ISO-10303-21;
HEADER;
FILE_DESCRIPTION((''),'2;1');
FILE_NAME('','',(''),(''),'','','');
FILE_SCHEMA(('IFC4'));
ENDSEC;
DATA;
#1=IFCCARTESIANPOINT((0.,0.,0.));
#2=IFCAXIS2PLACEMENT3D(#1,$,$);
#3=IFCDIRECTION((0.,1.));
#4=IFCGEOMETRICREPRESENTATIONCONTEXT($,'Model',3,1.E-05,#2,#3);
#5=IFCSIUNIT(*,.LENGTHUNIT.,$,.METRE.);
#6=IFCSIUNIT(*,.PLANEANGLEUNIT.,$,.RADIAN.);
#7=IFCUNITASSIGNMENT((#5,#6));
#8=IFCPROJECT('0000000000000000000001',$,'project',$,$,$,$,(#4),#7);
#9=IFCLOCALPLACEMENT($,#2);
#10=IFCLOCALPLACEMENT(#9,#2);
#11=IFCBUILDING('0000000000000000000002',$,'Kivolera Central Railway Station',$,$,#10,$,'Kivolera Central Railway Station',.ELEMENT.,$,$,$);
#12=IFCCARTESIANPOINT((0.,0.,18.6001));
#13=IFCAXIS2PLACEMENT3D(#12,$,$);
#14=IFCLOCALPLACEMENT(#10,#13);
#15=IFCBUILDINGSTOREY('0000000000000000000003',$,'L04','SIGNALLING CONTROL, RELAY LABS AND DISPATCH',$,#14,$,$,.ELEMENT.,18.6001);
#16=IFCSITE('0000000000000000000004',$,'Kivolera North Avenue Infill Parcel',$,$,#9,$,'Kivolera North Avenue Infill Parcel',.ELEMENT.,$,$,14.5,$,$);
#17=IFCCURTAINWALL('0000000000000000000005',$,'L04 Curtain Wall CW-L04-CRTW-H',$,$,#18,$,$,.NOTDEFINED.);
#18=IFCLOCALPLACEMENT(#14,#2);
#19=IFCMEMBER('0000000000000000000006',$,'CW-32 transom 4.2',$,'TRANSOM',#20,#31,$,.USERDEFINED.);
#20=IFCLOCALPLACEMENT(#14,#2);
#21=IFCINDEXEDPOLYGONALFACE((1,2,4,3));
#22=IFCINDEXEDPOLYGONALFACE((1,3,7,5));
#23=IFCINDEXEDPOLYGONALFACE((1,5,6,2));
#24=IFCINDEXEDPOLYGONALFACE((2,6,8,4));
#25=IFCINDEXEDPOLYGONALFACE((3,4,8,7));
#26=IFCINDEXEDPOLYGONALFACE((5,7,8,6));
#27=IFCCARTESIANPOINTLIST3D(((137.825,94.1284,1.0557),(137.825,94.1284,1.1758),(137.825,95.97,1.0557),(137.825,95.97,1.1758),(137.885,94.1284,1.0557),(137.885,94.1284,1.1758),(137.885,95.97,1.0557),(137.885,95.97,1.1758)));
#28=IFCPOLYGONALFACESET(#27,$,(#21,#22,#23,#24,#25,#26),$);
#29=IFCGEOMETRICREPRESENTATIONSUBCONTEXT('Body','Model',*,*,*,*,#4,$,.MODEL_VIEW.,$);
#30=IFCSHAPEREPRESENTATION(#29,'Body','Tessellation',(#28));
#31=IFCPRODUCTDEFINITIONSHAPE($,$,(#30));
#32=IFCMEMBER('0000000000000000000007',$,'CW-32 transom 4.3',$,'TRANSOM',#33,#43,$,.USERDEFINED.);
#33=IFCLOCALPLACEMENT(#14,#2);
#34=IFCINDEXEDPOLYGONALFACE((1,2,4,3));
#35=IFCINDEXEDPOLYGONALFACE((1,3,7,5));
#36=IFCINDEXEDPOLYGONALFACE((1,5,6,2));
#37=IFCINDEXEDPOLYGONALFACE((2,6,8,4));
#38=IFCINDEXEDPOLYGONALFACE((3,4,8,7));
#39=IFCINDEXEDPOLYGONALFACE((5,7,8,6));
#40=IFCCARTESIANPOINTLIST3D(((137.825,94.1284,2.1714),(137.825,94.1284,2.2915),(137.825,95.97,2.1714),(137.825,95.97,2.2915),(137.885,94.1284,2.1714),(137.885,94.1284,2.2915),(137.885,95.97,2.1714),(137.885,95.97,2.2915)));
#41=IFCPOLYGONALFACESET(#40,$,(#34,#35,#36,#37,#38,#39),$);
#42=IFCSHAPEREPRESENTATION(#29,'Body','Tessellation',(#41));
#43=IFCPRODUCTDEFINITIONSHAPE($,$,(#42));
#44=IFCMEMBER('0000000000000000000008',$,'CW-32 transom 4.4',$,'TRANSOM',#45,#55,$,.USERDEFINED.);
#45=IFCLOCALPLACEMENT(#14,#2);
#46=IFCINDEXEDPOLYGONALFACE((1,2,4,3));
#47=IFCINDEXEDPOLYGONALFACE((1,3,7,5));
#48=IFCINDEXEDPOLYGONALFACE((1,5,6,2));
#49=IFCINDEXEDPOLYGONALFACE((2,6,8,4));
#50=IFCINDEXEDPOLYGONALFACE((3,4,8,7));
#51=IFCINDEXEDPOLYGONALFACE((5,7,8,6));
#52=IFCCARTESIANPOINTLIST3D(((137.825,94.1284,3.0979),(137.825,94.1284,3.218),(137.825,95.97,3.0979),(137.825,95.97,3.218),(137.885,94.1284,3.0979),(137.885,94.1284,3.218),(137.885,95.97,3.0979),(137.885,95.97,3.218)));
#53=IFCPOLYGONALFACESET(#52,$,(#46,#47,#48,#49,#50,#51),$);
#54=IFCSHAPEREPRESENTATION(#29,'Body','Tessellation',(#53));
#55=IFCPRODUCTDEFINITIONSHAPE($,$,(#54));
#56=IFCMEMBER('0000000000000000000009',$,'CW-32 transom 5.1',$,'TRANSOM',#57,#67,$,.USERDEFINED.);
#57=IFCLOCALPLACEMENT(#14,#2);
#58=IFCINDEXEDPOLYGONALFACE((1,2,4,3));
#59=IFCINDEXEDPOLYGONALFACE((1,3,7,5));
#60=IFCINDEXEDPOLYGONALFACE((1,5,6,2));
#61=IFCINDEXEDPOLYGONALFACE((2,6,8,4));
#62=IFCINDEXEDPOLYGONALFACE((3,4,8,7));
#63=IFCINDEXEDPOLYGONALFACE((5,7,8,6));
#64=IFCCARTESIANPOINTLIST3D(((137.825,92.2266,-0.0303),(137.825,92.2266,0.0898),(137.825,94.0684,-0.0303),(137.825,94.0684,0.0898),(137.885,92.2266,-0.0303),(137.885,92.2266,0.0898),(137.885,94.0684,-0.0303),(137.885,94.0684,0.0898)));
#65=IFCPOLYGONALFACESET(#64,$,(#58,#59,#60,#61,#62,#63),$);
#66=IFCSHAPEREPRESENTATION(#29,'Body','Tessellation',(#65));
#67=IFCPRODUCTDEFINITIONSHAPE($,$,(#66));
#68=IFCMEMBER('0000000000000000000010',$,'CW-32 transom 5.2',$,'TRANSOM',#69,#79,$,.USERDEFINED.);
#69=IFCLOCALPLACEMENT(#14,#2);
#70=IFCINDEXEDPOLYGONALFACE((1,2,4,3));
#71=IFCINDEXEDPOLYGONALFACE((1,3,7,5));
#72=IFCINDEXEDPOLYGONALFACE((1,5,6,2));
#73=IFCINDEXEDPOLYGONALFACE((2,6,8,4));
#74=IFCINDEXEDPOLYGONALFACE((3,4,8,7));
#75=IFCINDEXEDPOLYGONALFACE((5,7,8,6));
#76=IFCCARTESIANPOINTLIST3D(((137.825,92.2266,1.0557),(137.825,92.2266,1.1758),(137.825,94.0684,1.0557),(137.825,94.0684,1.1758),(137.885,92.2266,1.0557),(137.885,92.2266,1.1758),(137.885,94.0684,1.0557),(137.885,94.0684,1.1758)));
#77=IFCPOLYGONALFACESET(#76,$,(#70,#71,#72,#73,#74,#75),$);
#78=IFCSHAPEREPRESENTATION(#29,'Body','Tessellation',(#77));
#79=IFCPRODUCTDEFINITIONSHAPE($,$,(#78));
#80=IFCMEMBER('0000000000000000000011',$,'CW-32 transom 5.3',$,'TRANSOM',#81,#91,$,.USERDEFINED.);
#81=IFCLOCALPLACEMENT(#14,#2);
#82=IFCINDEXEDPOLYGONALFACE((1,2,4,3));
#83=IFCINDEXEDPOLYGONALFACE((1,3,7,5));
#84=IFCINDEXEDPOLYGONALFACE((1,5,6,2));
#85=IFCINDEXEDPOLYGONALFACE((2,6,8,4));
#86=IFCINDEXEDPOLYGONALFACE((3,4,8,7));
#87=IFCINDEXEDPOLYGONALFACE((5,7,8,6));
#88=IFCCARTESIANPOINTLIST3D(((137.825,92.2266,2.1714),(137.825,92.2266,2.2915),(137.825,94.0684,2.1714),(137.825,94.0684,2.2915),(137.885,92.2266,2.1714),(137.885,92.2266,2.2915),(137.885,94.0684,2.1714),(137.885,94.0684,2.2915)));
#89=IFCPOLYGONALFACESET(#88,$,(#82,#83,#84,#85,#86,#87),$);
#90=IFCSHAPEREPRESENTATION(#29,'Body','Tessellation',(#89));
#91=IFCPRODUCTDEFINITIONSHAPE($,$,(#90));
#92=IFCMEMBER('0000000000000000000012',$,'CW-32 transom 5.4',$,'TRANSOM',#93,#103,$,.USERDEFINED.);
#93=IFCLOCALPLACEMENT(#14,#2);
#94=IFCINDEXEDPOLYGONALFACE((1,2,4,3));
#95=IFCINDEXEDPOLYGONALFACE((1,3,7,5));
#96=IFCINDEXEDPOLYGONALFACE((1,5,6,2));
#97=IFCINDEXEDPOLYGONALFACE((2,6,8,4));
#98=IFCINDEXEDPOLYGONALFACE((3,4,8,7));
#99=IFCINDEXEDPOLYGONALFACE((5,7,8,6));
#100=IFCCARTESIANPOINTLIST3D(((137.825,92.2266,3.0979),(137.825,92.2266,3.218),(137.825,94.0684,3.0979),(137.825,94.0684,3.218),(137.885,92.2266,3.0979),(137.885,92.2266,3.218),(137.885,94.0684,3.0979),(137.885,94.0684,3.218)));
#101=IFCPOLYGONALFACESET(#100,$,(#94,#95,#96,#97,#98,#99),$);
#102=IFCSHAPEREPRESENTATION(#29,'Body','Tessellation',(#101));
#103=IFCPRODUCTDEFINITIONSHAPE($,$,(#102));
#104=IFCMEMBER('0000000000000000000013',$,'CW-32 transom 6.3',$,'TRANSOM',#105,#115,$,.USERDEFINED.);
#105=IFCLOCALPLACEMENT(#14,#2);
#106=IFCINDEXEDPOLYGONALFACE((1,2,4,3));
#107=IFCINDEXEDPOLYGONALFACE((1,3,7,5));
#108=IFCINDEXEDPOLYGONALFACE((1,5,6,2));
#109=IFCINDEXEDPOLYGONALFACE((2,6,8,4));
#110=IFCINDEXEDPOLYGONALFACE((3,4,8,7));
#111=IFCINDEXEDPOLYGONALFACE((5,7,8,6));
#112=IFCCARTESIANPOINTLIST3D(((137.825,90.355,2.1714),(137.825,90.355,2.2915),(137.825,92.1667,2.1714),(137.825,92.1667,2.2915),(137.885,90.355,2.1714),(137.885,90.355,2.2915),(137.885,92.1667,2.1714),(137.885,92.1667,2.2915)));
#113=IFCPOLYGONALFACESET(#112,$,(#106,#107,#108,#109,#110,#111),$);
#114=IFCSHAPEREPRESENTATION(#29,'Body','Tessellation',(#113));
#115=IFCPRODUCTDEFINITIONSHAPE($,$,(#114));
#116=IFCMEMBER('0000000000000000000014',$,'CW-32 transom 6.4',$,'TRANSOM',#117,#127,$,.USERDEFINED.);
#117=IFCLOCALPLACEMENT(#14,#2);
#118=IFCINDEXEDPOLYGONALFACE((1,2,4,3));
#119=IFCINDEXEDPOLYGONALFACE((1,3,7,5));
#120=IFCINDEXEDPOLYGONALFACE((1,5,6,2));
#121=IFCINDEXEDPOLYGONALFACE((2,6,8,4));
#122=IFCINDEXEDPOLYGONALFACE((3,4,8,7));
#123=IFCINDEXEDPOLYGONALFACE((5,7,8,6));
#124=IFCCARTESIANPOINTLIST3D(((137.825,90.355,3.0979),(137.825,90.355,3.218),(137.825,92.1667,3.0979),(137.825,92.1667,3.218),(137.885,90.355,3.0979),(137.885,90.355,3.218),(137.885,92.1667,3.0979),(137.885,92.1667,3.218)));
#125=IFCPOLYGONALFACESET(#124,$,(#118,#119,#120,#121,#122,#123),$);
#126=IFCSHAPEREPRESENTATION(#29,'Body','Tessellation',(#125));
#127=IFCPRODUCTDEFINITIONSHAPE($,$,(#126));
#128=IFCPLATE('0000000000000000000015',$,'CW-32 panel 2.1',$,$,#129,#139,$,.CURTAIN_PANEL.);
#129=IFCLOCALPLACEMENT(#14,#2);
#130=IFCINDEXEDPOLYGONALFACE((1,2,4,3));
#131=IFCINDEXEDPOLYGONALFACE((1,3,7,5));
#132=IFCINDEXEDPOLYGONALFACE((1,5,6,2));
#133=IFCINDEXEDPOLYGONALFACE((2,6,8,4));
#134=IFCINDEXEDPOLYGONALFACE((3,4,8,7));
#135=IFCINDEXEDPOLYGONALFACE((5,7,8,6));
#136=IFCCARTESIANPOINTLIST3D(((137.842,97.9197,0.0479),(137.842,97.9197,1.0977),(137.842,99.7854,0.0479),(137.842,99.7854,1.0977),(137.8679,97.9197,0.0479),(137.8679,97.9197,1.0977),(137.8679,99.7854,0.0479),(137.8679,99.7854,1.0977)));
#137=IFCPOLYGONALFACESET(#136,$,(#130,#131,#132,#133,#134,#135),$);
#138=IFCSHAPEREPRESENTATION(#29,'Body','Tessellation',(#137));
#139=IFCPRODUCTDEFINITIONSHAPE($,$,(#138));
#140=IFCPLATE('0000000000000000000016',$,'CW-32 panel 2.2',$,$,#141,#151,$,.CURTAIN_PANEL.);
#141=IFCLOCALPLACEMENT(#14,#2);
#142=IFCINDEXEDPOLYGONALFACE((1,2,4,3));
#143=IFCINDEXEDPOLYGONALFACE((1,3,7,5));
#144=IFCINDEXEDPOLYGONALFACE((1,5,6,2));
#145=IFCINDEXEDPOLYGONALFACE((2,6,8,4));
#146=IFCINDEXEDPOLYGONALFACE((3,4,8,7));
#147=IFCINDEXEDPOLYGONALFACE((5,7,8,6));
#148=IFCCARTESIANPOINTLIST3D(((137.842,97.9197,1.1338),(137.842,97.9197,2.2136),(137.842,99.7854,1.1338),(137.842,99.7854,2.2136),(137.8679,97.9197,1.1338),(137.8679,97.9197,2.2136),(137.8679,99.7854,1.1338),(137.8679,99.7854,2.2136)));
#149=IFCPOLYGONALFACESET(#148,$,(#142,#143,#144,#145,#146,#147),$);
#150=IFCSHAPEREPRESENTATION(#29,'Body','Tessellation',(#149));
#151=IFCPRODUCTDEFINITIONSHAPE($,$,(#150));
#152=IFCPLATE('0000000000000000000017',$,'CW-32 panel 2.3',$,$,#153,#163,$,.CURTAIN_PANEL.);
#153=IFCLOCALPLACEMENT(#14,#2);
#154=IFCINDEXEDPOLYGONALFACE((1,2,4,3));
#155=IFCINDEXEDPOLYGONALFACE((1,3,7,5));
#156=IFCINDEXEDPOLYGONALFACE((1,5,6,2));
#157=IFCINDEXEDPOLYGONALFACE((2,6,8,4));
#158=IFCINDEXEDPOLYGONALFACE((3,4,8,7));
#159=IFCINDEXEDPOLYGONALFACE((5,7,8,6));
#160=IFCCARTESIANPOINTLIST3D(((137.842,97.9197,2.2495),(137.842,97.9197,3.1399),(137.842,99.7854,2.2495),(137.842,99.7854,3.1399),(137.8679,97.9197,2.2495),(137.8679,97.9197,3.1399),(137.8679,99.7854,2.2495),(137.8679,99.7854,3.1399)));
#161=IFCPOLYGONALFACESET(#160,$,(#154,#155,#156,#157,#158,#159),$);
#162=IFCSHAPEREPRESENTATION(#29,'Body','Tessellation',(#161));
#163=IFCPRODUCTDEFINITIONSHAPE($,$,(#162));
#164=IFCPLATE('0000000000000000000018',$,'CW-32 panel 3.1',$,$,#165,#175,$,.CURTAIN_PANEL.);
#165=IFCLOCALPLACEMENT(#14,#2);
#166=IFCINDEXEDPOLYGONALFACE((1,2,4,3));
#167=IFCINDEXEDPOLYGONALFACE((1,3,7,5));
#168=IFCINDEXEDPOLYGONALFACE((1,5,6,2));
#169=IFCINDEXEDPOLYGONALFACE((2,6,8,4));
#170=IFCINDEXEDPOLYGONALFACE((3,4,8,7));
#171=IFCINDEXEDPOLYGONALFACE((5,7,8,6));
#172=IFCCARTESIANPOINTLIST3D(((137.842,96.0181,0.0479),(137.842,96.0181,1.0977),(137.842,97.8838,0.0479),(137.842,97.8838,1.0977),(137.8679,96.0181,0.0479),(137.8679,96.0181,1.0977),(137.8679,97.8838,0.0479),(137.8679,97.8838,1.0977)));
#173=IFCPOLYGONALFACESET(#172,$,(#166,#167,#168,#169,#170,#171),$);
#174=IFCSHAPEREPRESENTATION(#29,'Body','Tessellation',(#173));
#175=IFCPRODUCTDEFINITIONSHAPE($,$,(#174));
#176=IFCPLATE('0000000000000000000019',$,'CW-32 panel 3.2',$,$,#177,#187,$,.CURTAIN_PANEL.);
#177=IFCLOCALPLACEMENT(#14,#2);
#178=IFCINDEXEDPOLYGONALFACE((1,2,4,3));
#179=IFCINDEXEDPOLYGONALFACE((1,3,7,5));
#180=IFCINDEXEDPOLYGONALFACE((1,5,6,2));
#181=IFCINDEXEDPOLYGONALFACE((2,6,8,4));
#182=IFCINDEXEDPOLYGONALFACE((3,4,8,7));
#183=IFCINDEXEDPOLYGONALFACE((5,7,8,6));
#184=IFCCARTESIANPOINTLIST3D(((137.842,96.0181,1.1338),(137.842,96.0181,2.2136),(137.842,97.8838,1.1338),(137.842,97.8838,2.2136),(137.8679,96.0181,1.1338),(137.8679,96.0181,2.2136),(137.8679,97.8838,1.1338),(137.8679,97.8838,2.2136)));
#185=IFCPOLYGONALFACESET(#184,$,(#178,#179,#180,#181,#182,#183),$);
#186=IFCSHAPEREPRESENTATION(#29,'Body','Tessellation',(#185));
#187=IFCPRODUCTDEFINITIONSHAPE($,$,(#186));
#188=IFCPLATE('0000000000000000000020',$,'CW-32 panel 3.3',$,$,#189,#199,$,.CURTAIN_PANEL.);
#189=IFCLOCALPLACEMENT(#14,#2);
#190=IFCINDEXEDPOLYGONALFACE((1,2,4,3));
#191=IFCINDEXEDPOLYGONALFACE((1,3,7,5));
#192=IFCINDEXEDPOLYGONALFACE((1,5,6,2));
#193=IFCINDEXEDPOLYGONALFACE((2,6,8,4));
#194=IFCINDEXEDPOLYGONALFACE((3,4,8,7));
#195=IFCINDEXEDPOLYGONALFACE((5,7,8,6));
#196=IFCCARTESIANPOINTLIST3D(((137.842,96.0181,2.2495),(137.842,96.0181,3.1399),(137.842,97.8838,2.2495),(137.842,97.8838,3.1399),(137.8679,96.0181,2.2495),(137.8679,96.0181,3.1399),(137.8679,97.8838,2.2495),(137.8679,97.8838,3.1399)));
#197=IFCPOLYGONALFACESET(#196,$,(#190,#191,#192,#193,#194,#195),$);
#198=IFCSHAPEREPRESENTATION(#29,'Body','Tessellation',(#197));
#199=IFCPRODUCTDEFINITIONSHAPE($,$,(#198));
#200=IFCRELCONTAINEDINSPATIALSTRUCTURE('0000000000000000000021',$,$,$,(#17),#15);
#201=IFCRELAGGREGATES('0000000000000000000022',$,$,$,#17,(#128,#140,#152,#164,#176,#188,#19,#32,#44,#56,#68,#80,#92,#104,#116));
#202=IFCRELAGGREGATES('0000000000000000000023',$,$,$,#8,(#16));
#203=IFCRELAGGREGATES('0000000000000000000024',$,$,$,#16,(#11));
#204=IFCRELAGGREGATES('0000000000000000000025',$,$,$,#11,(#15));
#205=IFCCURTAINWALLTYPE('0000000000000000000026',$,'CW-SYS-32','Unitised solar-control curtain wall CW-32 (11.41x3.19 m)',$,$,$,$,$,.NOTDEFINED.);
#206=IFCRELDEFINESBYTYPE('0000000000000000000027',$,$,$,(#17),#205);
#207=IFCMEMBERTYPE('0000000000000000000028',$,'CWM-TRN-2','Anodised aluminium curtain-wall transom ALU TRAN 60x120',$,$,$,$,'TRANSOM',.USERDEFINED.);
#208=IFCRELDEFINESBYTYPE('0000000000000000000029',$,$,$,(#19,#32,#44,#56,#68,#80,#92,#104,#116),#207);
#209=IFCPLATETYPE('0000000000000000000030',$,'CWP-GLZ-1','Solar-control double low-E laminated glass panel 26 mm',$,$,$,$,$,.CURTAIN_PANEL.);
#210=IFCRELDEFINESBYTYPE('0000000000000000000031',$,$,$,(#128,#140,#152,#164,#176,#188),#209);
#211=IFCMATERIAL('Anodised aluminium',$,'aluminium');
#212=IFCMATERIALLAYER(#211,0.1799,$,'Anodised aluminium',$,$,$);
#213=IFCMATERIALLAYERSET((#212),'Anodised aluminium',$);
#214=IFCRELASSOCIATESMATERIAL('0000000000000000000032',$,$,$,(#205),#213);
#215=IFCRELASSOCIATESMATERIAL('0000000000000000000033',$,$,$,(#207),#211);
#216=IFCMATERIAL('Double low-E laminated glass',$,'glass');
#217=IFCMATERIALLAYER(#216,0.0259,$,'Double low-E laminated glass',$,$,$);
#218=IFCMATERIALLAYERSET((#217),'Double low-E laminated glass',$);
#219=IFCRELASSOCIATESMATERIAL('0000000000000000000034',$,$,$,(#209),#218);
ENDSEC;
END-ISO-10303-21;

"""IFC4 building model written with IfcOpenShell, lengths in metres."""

from ifc_helpers import new_model, si_unit, direction, frame, origin, origin_2d, place, context, subcontext, project, spatial, rectangle, extrude, material, layer, layer_set, material_profile, profile_set, type_object, element, aggregate, save


model = new_model("IFC4")

# Units and contexts
model_context = context("Model", 3, precision=1e-05, world=origin(), true_north=direction((0.0, 1.0)))
body_context = subcontext(model_context, "Body", "Model", "MODEL_VIEW")
ifc_project = project(units=[si_unit("LENGTHUNIT", "METRE"), si_unit("PLANEANGLEUNIT", "RADIAN")], contexts=[model_context])

# Site, building, storey
site_placement = place(None, origin())
site = spatial("IfcSite", under=ifc_project, at=site_placement, Name="Kivolera North Avenue Infill Parcel", LongName="Kivolera North Avenue Infill Parcel", CompositionType="ELEMENT", RefElevation=14.5)
building_placement = place(site_placement, origin())
building = spatial("IfcBuilding", under=site, at=building_placement, Name="Kivolera Central Railway Station", LongName="Kivolera Central Railway Station", CompositionType="ELEMENT")
storey_placement = place(building_placement, frame((0.0, 0.0, 18.6001)))
storey = spatial("IfcBuildingStorey", under=building, at=storey_placement, Name="L04", Description="SIGNALLING CONTROL, RELAY LABS AND DISPATCH", CompositionType="ELEMENT", Elevation=18.6001)

# Curtain wall, members, plates
ifc_material_1 = material(Name="Anodised aluminium", Category="aluminium")
ifc_layer_1 = layer(ifc_material_1, 0.1799, Name="Anodised aluminium")
ifc_layer_set_1 = layer_set([ifc_layer_1], Name="Anodised aluminium")
curtain_wall_type = type_object("IfcCurtainWallType", Name="CW-SYS-32", Description="Unitised solar-control curtain wall CW-32 (11.41x3.19 m)", PredefinedType="NOTDEFINED", material=ifc_layer_set_1)
curtain_wall_placement = place(storey_placement, origin())
curtain_wall = element("IfcCurtainWall", 1, at=curtain_wall_placement, inside=storey, type_object=curtain_wall_type, Name="L04 Curtain Wall CW-L04-CRTW-H", PredefinedType="NOTDEFINED")
ifc_material_profile_1 = material_profile(ifc_material_1, rectangle(XDim=0.0601, YDim=0.1201, at=origin_2d()), Name="ALU TRAN 60x120")
ifc_profile_set_1 = profile_set([ifc_material_profile_1], Name="Anodised aluminium")
member_type_1 = type_object("IfcMemberType", Name="CWM-TRN-2", Description="Anodised aluminium curtain-wall transom ALU TRAN 60x120", ElementType="TRANSOM", PredefinedType="USERDEFINED", material=ifc_profile_set_1)
member_1_placement = place(storey_placement, frame((137.855, 95.97, 1.1157), z_axis=(0.0, -1.0, 0.0), x_axis=(1.0, 0.0, 0.0)))
member_1 = element("IfcMember", 2, at=member_1_placement, type_object=member_type_1, Name="CW-32 transom 4.2", ObjectType="TRANSOM", PredefinedType="USERDEFINED", context=body_context, shape_type="SweptSolid", body=[
    extrude(rectangle(XDim=0.0601, YDim=0.1201, at=origin_2d()), origin(), (0.0, 0.0, 1.0), 1.8416),
])
member_2_placement = place(storey_placement, frame((137.855, 95.97, 2.2314), z_axis=(0.0, -1.0, 0.0), x_axis=(1.0, 0.0, 0.0)))
member_2 = element("IfcMember", 3, at=member_2_placement, type_object=member_type_1, Name="CW-32 transom 4.3", ObjectType="TRANSOM", PredefinedType="USERDEFINED", context=body_context, shape_type="SweptSolid", body=[
    extrude(rectangle(XDim=0.0601, YDim=0.1201, at=origin_2d()), origin(), (0.0, 0.0, 1.0), 1.8416),
])
member_3_placement = place(storey_placement, frame((137.855, 95.97, 3.158), z_axis=(0.0, -1.0, 0.0), x_axis=(1.0, 0.0, 0.0)))
member_3 = element("IfcMember", 4, at=member_3_placement, type_object=member_type_1, Name="CW-32 transom 4.4", ObjectType="TRANSOM", PredefinedType="USERDEFINED", context=body_context, shape_type="SweptSolid", body=[
    extrude(rectangle(XDim=0.0601, YDim=0.1201, at=origin_2d()), origin(), (0.0, 0.0, 1.0), 1.8416),
])
member_4_placement = place(storey_placement, frame((137.855, 94.0684, 0.0298), z_axis=(0.0, -1.0, 0.0), x_axis=(1.0, 0.0, 0.0)))
member_4 = element("IfcMember", 5, at=member_4_placement, type_object=member_type_1, Name="CW-32 transom 5.1", ObjectType="TRANSOM", PredefinedType="USERDEFINED", context=body_context, shape_type="SweptSolid", body=[
    extrude(rectangle(XDim=0.0601, YDim=0.1201, at=origin_2d()), origin(), (0.0, 0.0, 1.0), 1.8418),
])
member_5_placement = place(storey_placement, frame((137.855, 94.0684, 1.1157), z_axis=(0.0, -1.0, 0.0), x_axis=(1.0, 0.0, 0.0)))
member_5 = element("IfcMember", 6, at=member_5_placement, type_object=member_type_1, Name="CW-32 transom 5.2", ObjectType="TRANSOM", PredefinedType="USERDEFINED", context=body_context, shape_type="SweptSolid", body=[
    extrude(rectangle(XDim=0.0601, YDim=0.1201, at=origin_2d()), origin(), (0.0, 0.0, 1.0), 1.8418),
])
member_6_placement = place(storey_placement, frame((137.855, 94.0684, 2.2314), z_axis=(0.0, -1.0, 0.0), x_axis=(1.0, 0.0, 0.0)))
member_6 = element("IfcMember", 7, at=member_6_placement, type_object=member_type_1, Name="CW-32 transom 5.3", ObjectType="TRANSOM", PredefinedType="USERDEFINED", context=body_context, shape_type="SweptSolid", body=[
    extrude(rectangle(XDim=0.0601, YDim=0.1201, at=origin_2d()), origin(), (0.0, 0.0, 1.0), 1.8418),
])
member_7_placement = place(storey_placement, frame((137.855, 94.0684, 3.158), z_axis=(0.0, -1.0, 0.0), x_axis=(1.0, 0.0, 0.0)))
member_7 = element("IfcMember", 8, at=member_7_placement, type_object=member_type_1, Name="CW-32 transom 5.4", ObjectType="TRANSOM", PredefinedType="USERDEFINED", context=body_context, shape_type="SweptSolid", body=[
    extrude(rectangle(XDim=0.0601, YDim=0.1201, at=origin_2d()), origin(), (0.0, 0.0, 1.0), 1.8418),
])
member_8_placement = place(storey_placement, frame((137.855, 92.1667, 2.2314), z_axis=(0.0, -1.0, 0.0), x_axis=(1.0, 0.0, 0.0)))
member_8 = element("IfcMember", 9, at=member_8_placement, type_object=member_type_1, Name="CW-32 transom 6.3", ObjectType="TRANSOM", PredefinedType="USERDEFINED", context=body_context, shape_type="SweptSolid", body=[
    extrude(rectangle(XDim=0.0601, YDim=0.1201, at=origin_2d()), origin(), (0.0, 0.0, 1.0), 1.8118),
])
member_9_placement = place(storey_placement, frame((137.855, 92.1667, 3.158), z_axis=(0.0, -1.0, 0.0), x_axis=(1.0, 0.0, 0.0)))
member_9 = element("IfcMember", 10, at=member_9_placement, type_object=member_type_1, Name="CW-32 transom 6.4", ObjectType="TRANSOM", PredefinedType="USERDEFINED", context=body_context, shape_type="SweptSolid", body=[
    extrude(rectangle(XDim=0.0601, YDim=0.1201, at=origin_2d()), origin(), (0.0, 0.0, 1.0), 1.8118),
])
ifc_material_2 = material(Name="Double low-E laminated glass", Category="glass")
ifc_layer_2 = layer(ifc_material_2, 0.0259, Name="Double low-E laminated glass")
ifc_layer_set_2 = layer_set([ifc_layer_2], Name="Double low-E laminated glass")
plate_type = type_object("IfcPlateType", Name="CWP-GLZ-1", Description="Solar-control double low-E laminated glass panel 26 mm", PredefinedType="CURTAIN_PANEL", material=ifc_layer_set_2)
plate_1_placement = place(storey_placement, frame((137.855, 98.8525, 0.0479), z_axis=(0.0, 0.0, 1.0), x_axis=(0.0, -1.0, 0.0)))
plate_1 = element("IfcPlate", 11, at=plate_1_placement, type_object=plate_type, Name="CW-32 panel 2.1", PredefinedType="CURTAIN_PANEL", context=body_context, shape_type="SweptSolid", body=[
    extrude(rectangle(XDim=1.8657, YDim=0.0259, at=origin_2d()), origin(), (0.0, 0.0, 1.0), 1.0498),
])
plate_2_placement = place(storey_placement, frame((137.855, 98.8525, 1.1338), z_axis=(0.0, 0.0, 1.0), x_axis=(0.0, -1.0, 0.0)))
plate_2 = element("IfcPlate", 12, at=plate_2_placement, type_object=plate_type, Name="CW-32 panel 2.2", PredefinedType="CURTAIN_PANEL", context=body_context, shape_type="SweptSolid", body=[
    extrude(rectangle(XDim=1.8657, YDim=0.0259, at=origin_2d()), origin(), (0.0, 0.0, 1.0), 1.0798),
])
plate_3_placement = place(storey_placement, frame((137.855, 98.8525, 2.2495), z_axis=(0.0, 0.0, 1.0), x_axis=(0.0, -1.0, 0.0)))
plate_3 = element("IfcPlate", 13, at=plate_3_placement, type_object=plate_type, Name="CW-32 panel 2.3", PredefinedType="CURTAIN_PANEL", context=body_context, shape_type="SweptSolid", body=[
    extrude(rectangle(XDim=1.8657, YDim=0.0259, at=origin_2d()), origin(), (0.0, 0.0, 1.0), 0.8904),
])
plate_4_placement = place(storey_placement, frame((137.855, 96.9509, 0.0479), z_axis=(0.0, 0.0, 1.0), x_axis=(0.0, -1.0, 0.0)))
plate_4 = element("IfcPlate", 14, at=plate_4_placement, type_object=plate_type, Name="CW-32 panel 3.1", PredefinedType="CURTAIN_PANEL", context=body_context, shape_type="SweptSolid", body=[
    extrude(rectangle(XDim=1.8657, YDim=0.0259, at=origin_2d()), origin(), (0.0, 0.0, 1.0), 1.0498),
])
plate_5_placement = place(storey_placement, frame((137.855, 96.9509, 1.1338), z_axis=(0.0, 0.0, 1.0), x_axis=(0.0, -1.0, 0.0)))
plate_5 = element("IfcPlate", 15, at=plate_5_placement, type_object=plate_type, Name="CW-32 panel 3.2", PredefinedType="CURTAIN_PANEL", context=body_context, shape_type="SweptSolid", body=[
    extrude(rectangle(XDim=1.8657, YDim=0.0259, at=origin_2d()), origin(), (0.0, 0.0, 1.0), 1.0798),
])
plate_6_placement = place(storey_placement, frame((137.855, 96.9509, 2.2495), z_axis=(0.0, 0.0, 1.0), x_axis=(0.0, -1.0, 0.0)))
plate_6 = element("IfcPlate", 16, at=plate_6_placement, type_object=plate_type, Name="CW-32 panel 3.3", PredefinedType="CURTAIN_PANEL", context=body_context, shape_type="SweptSolid", body=[
    extrude(rectangle(XDim=1.8657, YDim=0.0259, at=origin_2d()), origin(), (0.0, 0.0, 1.0), 0.8904),
])
aggregate(curtain_wall, [plate_1, plate_2, plate_3, plate_4, plate_5, plate_6, member_1, member_2, member_3, member_4, member_5, member_6, member_7, member_8, member_9])

save(model, "model.ifc")
